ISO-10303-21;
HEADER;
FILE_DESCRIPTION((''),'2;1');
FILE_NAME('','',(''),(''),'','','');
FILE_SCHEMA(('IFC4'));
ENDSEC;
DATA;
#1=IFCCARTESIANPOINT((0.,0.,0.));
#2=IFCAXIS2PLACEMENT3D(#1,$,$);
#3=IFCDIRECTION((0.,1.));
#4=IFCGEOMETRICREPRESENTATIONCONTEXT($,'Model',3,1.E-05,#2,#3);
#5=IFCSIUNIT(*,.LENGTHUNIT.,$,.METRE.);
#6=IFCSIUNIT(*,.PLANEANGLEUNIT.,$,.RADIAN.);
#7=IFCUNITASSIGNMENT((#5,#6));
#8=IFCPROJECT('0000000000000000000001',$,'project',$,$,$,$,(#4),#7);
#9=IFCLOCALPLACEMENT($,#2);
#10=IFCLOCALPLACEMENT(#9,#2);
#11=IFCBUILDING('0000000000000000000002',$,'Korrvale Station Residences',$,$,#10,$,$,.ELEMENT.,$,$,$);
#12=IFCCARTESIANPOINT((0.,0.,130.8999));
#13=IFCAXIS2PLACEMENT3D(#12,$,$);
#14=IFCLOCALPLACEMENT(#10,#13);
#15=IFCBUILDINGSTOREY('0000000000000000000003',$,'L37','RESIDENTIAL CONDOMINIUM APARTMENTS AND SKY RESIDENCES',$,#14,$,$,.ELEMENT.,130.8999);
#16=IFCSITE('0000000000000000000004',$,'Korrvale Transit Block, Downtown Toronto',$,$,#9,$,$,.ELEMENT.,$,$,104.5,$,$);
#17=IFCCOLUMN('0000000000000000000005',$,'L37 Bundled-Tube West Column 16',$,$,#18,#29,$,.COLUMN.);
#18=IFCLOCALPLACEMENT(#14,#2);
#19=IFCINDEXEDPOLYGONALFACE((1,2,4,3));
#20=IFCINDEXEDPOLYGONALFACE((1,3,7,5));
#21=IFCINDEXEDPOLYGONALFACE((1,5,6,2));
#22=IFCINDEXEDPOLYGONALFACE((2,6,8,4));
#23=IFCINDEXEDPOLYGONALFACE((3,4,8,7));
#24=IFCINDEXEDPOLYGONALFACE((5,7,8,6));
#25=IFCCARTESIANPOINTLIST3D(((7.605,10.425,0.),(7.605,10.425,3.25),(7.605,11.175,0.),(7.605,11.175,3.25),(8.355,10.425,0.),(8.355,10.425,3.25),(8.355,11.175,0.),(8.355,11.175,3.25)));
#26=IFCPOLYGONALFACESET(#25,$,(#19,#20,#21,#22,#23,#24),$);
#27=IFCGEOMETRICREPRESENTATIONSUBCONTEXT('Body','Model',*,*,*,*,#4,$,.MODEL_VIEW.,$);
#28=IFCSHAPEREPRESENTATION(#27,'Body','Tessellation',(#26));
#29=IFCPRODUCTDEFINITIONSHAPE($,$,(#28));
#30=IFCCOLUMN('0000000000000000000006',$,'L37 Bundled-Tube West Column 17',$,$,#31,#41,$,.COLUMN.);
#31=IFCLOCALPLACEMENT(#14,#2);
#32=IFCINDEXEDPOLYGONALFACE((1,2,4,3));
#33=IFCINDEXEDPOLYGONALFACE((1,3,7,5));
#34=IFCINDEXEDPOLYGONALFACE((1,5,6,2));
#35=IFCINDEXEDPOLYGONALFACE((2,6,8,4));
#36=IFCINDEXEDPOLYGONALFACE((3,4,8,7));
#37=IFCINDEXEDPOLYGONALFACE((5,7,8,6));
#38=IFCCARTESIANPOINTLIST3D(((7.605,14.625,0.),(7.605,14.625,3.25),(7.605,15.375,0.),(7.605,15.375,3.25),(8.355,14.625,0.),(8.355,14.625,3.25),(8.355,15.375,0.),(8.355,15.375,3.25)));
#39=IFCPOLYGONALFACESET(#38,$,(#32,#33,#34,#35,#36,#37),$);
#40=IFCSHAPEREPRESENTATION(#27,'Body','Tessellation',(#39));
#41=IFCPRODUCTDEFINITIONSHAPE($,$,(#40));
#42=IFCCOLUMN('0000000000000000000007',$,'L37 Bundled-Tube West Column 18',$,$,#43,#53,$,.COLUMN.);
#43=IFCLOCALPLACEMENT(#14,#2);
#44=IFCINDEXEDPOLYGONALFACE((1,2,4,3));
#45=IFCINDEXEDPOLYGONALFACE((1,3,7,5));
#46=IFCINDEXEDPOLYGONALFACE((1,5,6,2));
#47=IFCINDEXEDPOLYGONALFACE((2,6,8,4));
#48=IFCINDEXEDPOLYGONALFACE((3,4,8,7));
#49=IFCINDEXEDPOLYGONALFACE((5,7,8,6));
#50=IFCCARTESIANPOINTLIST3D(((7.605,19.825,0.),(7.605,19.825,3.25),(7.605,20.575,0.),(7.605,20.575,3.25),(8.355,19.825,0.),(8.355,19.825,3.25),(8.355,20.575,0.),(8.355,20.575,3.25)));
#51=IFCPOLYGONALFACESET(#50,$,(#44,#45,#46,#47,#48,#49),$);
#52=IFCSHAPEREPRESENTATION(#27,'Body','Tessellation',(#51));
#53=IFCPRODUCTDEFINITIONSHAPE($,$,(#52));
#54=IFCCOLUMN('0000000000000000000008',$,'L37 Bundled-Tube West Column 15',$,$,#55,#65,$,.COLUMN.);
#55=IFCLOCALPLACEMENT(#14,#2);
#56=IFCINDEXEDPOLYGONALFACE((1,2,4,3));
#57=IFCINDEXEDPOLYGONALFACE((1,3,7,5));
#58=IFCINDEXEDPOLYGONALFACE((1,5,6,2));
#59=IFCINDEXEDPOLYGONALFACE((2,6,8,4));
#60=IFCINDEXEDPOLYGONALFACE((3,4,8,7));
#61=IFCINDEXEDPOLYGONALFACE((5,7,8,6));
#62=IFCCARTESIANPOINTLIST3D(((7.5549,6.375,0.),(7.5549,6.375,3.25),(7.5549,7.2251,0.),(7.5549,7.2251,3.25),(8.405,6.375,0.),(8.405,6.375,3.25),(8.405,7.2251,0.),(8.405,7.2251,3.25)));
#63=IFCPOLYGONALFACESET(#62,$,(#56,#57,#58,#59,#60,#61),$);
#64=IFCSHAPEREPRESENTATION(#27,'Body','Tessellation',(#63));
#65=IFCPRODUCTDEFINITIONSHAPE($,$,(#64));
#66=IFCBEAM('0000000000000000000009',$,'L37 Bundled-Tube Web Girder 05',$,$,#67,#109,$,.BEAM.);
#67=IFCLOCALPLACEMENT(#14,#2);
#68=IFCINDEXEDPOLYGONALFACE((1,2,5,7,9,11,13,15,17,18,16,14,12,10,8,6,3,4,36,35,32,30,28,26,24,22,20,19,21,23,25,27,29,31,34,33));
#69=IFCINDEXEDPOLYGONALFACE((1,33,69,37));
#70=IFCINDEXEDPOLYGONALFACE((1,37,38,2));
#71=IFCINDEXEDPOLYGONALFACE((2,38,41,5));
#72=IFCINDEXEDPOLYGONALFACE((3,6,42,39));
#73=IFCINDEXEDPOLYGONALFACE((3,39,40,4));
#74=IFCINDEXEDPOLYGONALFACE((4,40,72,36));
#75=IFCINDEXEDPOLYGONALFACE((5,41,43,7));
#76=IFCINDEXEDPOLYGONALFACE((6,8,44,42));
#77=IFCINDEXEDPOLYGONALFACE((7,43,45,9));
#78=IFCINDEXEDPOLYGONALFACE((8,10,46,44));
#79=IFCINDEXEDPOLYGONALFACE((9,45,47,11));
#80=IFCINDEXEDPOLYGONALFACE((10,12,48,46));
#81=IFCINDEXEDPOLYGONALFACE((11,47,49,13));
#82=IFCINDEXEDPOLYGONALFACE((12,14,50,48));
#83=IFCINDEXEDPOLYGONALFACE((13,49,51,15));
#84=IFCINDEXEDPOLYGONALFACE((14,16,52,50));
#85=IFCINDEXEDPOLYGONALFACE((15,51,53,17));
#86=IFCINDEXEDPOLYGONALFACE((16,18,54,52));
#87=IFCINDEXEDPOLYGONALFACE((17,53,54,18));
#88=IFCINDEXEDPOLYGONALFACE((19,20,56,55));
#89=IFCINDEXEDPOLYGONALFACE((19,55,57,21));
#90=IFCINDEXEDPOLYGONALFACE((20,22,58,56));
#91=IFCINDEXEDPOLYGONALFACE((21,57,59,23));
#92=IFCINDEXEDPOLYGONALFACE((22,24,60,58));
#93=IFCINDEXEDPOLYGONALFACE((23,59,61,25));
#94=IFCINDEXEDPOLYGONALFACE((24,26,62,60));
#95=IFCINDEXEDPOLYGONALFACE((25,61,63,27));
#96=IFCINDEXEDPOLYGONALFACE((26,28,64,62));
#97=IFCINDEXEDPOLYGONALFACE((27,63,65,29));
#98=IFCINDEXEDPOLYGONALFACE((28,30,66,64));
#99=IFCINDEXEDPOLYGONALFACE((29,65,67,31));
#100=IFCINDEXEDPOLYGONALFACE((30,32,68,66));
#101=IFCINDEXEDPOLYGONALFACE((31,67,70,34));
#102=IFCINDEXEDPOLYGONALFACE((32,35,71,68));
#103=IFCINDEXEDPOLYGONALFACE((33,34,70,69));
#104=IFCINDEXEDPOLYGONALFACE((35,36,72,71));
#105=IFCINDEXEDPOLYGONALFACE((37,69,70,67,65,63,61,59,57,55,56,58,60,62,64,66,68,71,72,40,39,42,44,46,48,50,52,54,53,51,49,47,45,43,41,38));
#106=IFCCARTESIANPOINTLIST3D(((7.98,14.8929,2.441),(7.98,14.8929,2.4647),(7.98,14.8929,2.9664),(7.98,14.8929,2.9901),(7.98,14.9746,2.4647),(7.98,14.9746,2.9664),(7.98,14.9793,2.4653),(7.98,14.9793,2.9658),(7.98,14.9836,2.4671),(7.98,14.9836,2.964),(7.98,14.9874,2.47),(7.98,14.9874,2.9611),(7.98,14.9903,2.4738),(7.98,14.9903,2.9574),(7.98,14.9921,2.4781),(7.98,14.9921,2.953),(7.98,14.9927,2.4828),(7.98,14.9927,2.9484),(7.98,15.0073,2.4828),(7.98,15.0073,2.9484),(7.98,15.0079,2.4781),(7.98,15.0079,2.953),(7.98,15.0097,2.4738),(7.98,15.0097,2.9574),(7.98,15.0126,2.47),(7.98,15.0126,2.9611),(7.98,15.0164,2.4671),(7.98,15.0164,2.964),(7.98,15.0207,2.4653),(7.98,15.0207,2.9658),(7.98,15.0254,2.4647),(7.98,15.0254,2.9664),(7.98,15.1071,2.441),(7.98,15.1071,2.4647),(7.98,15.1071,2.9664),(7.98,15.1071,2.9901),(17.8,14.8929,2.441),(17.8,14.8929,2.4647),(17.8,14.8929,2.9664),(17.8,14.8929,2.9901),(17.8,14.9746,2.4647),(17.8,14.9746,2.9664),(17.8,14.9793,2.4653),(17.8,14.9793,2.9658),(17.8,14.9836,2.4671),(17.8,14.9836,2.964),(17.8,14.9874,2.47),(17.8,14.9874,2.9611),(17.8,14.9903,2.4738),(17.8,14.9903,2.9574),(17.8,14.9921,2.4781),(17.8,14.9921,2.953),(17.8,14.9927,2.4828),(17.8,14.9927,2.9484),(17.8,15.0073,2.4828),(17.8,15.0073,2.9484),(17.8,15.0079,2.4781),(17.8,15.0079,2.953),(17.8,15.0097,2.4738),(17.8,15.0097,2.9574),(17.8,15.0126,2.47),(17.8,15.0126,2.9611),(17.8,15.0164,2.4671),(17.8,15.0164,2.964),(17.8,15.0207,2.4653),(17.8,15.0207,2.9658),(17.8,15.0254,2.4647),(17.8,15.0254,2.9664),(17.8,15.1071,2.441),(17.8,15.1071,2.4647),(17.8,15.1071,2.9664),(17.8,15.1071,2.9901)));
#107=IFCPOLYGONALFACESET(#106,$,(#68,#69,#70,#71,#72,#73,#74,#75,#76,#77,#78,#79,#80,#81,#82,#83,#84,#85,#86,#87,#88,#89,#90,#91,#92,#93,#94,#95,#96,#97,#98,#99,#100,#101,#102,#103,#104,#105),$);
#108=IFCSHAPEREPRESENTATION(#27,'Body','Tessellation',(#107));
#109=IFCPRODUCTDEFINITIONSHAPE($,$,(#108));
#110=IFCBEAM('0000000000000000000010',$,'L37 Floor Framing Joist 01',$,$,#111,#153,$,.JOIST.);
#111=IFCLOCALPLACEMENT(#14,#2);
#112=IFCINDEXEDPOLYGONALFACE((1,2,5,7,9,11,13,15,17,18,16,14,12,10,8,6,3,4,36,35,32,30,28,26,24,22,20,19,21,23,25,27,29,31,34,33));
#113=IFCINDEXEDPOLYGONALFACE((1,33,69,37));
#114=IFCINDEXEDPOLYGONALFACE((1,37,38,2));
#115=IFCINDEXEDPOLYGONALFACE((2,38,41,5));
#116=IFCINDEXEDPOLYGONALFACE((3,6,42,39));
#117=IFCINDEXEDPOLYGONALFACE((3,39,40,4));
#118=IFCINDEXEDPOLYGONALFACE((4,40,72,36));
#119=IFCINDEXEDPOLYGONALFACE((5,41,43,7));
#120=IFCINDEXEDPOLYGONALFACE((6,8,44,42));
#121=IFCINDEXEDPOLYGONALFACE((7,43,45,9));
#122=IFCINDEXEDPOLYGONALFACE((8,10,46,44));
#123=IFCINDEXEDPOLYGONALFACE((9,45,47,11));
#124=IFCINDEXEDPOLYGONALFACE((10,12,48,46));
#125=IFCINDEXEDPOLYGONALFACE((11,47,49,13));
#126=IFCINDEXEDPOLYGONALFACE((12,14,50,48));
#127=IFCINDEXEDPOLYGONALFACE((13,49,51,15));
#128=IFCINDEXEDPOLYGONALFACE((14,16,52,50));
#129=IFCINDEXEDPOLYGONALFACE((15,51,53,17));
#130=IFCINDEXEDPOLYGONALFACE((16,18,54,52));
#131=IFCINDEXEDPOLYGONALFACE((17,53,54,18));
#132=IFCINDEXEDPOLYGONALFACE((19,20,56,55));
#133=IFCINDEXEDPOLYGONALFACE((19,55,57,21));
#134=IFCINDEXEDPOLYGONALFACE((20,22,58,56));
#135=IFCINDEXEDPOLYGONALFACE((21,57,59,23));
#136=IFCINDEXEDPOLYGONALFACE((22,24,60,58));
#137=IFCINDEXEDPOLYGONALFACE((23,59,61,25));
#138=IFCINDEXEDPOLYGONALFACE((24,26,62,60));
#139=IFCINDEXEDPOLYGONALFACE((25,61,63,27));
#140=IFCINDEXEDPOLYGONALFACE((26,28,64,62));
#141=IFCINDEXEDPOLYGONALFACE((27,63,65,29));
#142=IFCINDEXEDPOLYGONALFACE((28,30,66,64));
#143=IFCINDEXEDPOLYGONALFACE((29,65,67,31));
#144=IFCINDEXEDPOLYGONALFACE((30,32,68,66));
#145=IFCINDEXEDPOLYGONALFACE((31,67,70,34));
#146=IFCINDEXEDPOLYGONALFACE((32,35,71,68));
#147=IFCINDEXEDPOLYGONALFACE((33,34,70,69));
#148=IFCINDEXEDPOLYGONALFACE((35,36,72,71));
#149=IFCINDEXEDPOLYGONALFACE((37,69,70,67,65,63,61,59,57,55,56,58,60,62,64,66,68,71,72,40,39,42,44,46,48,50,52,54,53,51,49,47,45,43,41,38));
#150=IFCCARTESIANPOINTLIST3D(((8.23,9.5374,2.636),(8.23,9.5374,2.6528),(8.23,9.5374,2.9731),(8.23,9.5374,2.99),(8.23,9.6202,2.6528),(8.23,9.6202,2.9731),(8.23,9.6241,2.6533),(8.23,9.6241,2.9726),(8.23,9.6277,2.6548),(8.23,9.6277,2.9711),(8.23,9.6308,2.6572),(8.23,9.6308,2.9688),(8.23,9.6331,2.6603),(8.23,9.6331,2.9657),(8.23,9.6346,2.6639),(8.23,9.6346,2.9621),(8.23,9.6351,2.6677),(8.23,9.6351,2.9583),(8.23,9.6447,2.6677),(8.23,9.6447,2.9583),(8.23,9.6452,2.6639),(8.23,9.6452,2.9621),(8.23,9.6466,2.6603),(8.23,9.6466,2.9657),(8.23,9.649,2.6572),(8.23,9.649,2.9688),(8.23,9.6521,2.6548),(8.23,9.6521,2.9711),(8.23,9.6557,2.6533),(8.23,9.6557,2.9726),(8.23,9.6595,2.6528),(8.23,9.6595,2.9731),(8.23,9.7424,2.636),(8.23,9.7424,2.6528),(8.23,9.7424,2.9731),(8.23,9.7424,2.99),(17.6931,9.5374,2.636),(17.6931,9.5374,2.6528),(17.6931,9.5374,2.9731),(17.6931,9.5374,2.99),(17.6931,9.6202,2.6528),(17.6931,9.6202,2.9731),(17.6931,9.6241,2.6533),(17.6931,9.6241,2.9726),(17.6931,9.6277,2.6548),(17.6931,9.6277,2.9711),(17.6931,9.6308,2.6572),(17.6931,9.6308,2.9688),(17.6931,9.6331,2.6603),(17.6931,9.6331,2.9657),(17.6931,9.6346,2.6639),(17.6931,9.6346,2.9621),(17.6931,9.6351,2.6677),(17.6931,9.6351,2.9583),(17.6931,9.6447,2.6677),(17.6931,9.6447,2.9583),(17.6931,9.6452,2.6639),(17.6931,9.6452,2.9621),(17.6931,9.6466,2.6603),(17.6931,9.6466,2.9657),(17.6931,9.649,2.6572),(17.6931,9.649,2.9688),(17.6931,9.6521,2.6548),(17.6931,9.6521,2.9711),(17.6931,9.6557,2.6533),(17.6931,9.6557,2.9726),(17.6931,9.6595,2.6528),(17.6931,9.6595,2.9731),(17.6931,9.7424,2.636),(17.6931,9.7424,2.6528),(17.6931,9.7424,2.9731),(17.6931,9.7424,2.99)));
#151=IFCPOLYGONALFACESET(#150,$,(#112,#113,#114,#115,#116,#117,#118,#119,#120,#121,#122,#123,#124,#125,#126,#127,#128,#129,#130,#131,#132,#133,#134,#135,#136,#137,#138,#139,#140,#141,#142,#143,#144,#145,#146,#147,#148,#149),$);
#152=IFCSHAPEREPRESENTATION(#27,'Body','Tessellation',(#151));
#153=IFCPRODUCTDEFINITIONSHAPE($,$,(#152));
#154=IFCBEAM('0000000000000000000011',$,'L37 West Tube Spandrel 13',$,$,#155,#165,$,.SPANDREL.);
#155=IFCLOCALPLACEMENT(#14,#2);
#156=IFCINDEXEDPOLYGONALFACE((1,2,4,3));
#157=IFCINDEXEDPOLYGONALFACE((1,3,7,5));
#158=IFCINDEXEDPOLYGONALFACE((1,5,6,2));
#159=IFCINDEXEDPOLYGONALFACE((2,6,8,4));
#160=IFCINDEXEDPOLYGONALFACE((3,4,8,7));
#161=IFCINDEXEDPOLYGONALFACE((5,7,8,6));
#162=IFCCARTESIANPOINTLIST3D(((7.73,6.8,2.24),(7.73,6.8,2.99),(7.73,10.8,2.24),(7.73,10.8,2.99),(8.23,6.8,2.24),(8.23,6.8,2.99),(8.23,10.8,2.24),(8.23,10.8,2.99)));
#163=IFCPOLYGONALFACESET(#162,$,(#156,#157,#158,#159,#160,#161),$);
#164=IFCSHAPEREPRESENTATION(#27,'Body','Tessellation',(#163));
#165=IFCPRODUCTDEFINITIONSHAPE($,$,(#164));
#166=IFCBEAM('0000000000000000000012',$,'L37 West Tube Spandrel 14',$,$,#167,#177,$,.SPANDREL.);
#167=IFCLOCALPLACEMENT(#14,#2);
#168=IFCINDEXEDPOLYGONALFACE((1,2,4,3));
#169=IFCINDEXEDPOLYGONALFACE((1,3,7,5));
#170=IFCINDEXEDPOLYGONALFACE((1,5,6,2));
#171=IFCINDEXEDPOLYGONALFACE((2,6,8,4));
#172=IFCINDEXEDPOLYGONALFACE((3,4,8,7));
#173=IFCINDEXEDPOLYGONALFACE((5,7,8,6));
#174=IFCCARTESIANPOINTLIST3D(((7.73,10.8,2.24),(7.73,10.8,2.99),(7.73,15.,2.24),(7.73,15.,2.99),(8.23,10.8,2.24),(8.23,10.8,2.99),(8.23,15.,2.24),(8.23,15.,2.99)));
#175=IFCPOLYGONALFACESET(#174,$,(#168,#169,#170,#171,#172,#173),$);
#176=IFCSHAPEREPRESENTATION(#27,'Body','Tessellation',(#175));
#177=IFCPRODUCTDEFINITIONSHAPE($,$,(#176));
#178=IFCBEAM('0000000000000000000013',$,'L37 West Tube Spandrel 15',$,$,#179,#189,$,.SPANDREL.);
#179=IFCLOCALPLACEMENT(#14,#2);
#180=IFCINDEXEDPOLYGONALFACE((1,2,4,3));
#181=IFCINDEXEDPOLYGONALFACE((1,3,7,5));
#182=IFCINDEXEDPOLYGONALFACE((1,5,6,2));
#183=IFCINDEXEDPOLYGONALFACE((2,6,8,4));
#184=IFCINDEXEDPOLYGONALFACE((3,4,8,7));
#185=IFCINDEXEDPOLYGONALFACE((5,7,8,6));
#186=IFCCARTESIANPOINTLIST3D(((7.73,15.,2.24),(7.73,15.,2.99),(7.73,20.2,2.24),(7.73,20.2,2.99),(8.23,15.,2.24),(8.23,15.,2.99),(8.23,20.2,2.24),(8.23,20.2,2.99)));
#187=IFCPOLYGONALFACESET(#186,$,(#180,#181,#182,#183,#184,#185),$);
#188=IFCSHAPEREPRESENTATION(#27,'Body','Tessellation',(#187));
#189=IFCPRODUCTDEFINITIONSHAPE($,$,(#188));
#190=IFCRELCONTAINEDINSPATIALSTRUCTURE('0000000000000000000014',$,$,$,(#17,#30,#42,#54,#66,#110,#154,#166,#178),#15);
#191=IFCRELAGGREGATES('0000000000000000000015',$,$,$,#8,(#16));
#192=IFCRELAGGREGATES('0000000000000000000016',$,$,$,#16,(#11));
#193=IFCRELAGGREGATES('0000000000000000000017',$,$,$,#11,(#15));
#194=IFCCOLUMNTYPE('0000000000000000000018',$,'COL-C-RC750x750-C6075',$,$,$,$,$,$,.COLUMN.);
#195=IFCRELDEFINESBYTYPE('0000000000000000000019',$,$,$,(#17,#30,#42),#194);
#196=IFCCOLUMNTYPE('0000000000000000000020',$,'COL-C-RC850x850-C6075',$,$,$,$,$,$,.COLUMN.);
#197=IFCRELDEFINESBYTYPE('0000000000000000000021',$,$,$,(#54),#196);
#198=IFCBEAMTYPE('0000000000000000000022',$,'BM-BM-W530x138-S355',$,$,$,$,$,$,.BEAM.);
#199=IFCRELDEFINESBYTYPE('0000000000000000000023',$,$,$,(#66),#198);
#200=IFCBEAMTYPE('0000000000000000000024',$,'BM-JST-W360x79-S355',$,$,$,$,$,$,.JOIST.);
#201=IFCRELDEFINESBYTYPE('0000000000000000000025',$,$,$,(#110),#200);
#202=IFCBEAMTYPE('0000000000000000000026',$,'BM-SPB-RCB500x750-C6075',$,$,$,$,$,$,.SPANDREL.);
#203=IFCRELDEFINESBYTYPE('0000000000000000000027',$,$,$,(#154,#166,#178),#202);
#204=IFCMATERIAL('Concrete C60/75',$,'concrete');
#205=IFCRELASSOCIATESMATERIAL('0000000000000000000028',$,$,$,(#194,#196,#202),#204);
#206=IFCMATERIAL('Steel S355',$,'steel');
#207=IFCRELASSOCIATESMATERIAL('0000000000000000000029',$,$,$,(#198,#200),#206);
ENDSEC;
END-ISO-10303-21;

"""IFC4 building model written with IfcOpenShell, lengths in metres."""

from ifc_helpers import new_model, si_unit, direction, frame, origin, origin_2d, place, context, subcontext, project, spatial, rectangle, i_section, extrude, material, material_profile, profile_set, type_object, element, save


model = new_model("IFC4")

# Units and contexts
model_context = context("Model", 3, precision=1e-05, world=origin(), true_north=direction((0.0, 1.0)))
body_context = subcontext(model_context, "Body", "Model", "MODEL_VIEW")
ifc_project = project(units=[si_unit("LENGTHUNIT", "METRE"), si_unit("PLANEANGLEUNIT", "RADIAN")], contexts=[model_context])

# Site, building, storey
site_placement = place(None, origin())
site = spatial("IfcSite", under=ifc_project, at=site_placement, Name="Korrvale Transit Block, Downtown Toronto", CompositionType="ELEMENT", RefElevation=104.5)
building_placement = place(site_placement, origin())
building = spatial("IfcBuilding", under=site, at=building_placement, Name="Korrvale Station Residences", CompositionType="ELEMENT")
storey_placement = place(building_placement, frame((0.0, 0.0, 130.8999)))
storey = spatial("IfcBuildingStorey", under=building, at=storey_placement, Name="L37", Description="RESIDENTIAL CONDOMINIUM APARTMENTS AND SKY RESIDENCES", CompositionType="ELEMENT", Elevation=130.8999)

# Columns
ifc_material_1 = material(Name="Concrete C60/75", Category="concrete")
ifc_material_profile_1 = material_profile(ifc_material_1, rectangle(XDim=0.75, YDim=0.75, at=origin_2d()), Name="RC750x750")
ifc_profile_set_1 = profile_set([ifc_material_profile_1], Name="Concrete C60/75")
column_type_1 = type_object("IfcColumnType", Name="COL-C-RC750x750-C6075", PredefinedType="COLUMN", material=ifc_profile_set_1)
for number, where, z_axis, x_axis, name in (
    (1, (7.98, 10.8, 0.0), (0.0, 0.0, 1.0), (1.0, 0.0, 0.0), "L37 Bundled-Tube West Column 16"),
    (2, (7.98, 15.0, 0.0), (0.0, 0.0, 1.0), (1.0, 0.0, 0.0), "L37 Bundled-Tube West Column 17"),
    (3, (7.98, 20.2, 0.0), (0.0, 0.0, 1.0), (1.0, 0.0, 0.0), "L37 Bundled-Tube West Column 18"),
):
    element("IfcColumn", number, at=place(storey_placement, frame(where, z_axis=z_axis, x_axis=x_axis)), inside=storey, type_object=column_type_1, Name=name, PredefinedType="COLUMN", context=body_context, shape_type="SweptSolid", body=[
        extrude(rectangle(XDim=0.75, YDim=0.75, at=origin_2d()), origin(), (0.0, 0.0, 1.0), 3.25),
    ])
ifc_material_profile_2 = material_profile(ifc_material_1, rectangle(XDim=0.8501, YDim=0.8501, at=origin_2d()), Name="RC850x850")
ifc_profile_set_2 = profile_set([ifc_material_profile_2], Name="Concrete C60/75")
column_type_2 = type_object("IfcColumnType", Name="COL-C-RC850x850-C6075", PredefinedType="COLUMN", material=ifc_profile_set_2)
column_placement = place(storey_placement, frame((7.98, 6.8, 0.0), z_axis=(0.0, 0.0, 1.0), x_axis=(1.0, 0.0, 0.0)))
element("IfcColumn", 4, at=column_placement, inside=storey, type_object=column_type_2, Name="L37 Bundled-Tube West Column 15", PredefinedType="COLUMN", context=body_context, shape_type="SweptSolid", body=[
    extrude(rectangle(XDim=0.8501, YDim=0.8501, at=origin_2d()), origin(), (0.0, 0.0, 1.0), 3.25),
])

# Beams
ifc_material_2 = material(Name="Steel S355", Category="steel")
ifc_material_profile_3 = material_profile(ifc_material_2, i_section(OverallWidth=0.2141, OverallDepth=0.5491, WebThickness=0.0146, FlangeThickness=0.0237, FilletRadius=0.0181, at=origin_2d()), Name="W530x138")
ifc_profile_set_3 = profile_set([ifc_material_profile_3], Name="Steel S355")
beam_type_1 = type_object("IfcBeamType", Name="BM-BM-W530x138-S355", PredefinedType="BEAM", material=ifc_profile_set_3)
beam_1_placement = place(storey_placement, frame((7.98, 15.0, 2.7156), z_axis=(1.0, 0.0, 0.0), x_axis=(0.0, 1.0, 0.0)))
element("IfcBeam", 5, at=beam_1_placement, inside=storey, type_object=beam_type_1, Name="L37 Bundled-Tube Web Girder 05", PredefinedType="BEAM", context=body_context, shape_type="SweptSolid", body=[
    extrude(i_section(OverallWidth=0.2141, OverallDepth=0.5491, WebThickness=0.0146, FlangeThickness=0.0237, FilletRadius=0.0181, at=origin_2d()), origin(), (0.0, 0.0, 1.0), 9.8201),
])
ifc_material_profile_4 = material_profile(ifc_material_2, i_section(OverallWidth=0.2051, OverallDepth=0.354, WebThickness=0.0095, FlangeThickness=0.0168, FilletRadius=0.0149, at=origin_2d()), Name="W360x79")
ifc_profile_set_4 = profile_set([ifc_material_profile_4], Name="Steel S355")
beam_type_2 = type_object("IfcBeamType", Name="BM-JST-W360x79-S355", PredefinedType="JOIST", material=ifc_profile_set_4)
beam_2_placement = place(storey_placement, frame((8.23, 9.6399, 2.813), z_axis=(1.0, 0.0, 0.0), x_axis=(0.0, 1.0, 0.0)))
element("IfcBeam", 6, at=beam_2_placement, inside=storey, type_object=beam_type_2, Name="L37 Floor Framing Joist 01", PredefinedType="JOIST", context=body_context, shape_type="SweptSolid", body=[
    extrude(i_section(OverallWidth=0.2051, OverallDepth=0.354, WebThickness=0.0095, FlangeThickness=0.0168, FilletRadius=0.0149, at=origin_2d()), origin(), (0.0, 0.0, 1.0), 9.4631),
])
ifc_material_profile_5 = material_profile(ifc_material_1, rectangle(XDim=0.5, YDim=0.75, at=origin_2d()), Name="RCB500x750")
ifc_profile_set_5 = profile_set([ifc_material_profile_5], Name="Concrete C60/75")
beam_type_3 = type_object("IfcBeamType", Name="BM-SPB-RCB500x750-C6075", PredefinedType="SPANDREL", material=ifc_profile_set_5)
beam_3_placement = place(storey_placement, frame((7.98, 6.8, 2.615), z_axis=(0.0, 1.0, 0.0), x_axis=(-1.0, 0.0, 0.0)))
element("IfcBeam", 7, at=beam_3_placement, inside=storey, type_object=beam_type_3, Name="L37 West Tube Spandrel 13", PredefinedType="SPANDREL", context=body_context, shape_type="SweptSolid", body=[
    extrude(rectangle(XDim=0.5, YDim=0.75, at=origin_2d()), origin(), (0.0, 0.0, 1.0), 4.0),
])
beam_4_placement = place(storey_placement, frame((7.98, 10.8, 2.615), z_axis=(0.0, 1.0, 0.0), x_axis=(-1.0, 0.0, 0.0)))
element("IfcBeam", 8, at=beam_4_placement, inside=storey, type_object=beam_type_3, Name="L37 West Tube Spandrel 14", PredefinedType="SPANDREL", context=body_context, shape_type="SweptSolid", body=[
    extrude(rectangle(XDim=0.5, YDim=0.75, at=origin_2d()), origin(), (0.0, 0.0, 1.0), 4.2),
])
beam_5_placement = place(storey_placement, frame((7.98, 15.0, 2.615), z_axis=(0.0, 1.0, 0.0), x_axis=(-1.0, 0.0, 0.0)))
element("IfcBeam", 9, at=beam_5_placement, inside=storey, type_object=beam_type_3, Name="L37 West Tube Spandrel 15", PredefinedType="SPANDREL", context=body_context, shape_type="SweptSolid", body=[
    extrude(rectangle(XDim=0.5, YDim=0.75, at=origin_2d()), origin(), (0.0, 0.0, 1.0), 5.2),
])

save(model, "model.ifc")
